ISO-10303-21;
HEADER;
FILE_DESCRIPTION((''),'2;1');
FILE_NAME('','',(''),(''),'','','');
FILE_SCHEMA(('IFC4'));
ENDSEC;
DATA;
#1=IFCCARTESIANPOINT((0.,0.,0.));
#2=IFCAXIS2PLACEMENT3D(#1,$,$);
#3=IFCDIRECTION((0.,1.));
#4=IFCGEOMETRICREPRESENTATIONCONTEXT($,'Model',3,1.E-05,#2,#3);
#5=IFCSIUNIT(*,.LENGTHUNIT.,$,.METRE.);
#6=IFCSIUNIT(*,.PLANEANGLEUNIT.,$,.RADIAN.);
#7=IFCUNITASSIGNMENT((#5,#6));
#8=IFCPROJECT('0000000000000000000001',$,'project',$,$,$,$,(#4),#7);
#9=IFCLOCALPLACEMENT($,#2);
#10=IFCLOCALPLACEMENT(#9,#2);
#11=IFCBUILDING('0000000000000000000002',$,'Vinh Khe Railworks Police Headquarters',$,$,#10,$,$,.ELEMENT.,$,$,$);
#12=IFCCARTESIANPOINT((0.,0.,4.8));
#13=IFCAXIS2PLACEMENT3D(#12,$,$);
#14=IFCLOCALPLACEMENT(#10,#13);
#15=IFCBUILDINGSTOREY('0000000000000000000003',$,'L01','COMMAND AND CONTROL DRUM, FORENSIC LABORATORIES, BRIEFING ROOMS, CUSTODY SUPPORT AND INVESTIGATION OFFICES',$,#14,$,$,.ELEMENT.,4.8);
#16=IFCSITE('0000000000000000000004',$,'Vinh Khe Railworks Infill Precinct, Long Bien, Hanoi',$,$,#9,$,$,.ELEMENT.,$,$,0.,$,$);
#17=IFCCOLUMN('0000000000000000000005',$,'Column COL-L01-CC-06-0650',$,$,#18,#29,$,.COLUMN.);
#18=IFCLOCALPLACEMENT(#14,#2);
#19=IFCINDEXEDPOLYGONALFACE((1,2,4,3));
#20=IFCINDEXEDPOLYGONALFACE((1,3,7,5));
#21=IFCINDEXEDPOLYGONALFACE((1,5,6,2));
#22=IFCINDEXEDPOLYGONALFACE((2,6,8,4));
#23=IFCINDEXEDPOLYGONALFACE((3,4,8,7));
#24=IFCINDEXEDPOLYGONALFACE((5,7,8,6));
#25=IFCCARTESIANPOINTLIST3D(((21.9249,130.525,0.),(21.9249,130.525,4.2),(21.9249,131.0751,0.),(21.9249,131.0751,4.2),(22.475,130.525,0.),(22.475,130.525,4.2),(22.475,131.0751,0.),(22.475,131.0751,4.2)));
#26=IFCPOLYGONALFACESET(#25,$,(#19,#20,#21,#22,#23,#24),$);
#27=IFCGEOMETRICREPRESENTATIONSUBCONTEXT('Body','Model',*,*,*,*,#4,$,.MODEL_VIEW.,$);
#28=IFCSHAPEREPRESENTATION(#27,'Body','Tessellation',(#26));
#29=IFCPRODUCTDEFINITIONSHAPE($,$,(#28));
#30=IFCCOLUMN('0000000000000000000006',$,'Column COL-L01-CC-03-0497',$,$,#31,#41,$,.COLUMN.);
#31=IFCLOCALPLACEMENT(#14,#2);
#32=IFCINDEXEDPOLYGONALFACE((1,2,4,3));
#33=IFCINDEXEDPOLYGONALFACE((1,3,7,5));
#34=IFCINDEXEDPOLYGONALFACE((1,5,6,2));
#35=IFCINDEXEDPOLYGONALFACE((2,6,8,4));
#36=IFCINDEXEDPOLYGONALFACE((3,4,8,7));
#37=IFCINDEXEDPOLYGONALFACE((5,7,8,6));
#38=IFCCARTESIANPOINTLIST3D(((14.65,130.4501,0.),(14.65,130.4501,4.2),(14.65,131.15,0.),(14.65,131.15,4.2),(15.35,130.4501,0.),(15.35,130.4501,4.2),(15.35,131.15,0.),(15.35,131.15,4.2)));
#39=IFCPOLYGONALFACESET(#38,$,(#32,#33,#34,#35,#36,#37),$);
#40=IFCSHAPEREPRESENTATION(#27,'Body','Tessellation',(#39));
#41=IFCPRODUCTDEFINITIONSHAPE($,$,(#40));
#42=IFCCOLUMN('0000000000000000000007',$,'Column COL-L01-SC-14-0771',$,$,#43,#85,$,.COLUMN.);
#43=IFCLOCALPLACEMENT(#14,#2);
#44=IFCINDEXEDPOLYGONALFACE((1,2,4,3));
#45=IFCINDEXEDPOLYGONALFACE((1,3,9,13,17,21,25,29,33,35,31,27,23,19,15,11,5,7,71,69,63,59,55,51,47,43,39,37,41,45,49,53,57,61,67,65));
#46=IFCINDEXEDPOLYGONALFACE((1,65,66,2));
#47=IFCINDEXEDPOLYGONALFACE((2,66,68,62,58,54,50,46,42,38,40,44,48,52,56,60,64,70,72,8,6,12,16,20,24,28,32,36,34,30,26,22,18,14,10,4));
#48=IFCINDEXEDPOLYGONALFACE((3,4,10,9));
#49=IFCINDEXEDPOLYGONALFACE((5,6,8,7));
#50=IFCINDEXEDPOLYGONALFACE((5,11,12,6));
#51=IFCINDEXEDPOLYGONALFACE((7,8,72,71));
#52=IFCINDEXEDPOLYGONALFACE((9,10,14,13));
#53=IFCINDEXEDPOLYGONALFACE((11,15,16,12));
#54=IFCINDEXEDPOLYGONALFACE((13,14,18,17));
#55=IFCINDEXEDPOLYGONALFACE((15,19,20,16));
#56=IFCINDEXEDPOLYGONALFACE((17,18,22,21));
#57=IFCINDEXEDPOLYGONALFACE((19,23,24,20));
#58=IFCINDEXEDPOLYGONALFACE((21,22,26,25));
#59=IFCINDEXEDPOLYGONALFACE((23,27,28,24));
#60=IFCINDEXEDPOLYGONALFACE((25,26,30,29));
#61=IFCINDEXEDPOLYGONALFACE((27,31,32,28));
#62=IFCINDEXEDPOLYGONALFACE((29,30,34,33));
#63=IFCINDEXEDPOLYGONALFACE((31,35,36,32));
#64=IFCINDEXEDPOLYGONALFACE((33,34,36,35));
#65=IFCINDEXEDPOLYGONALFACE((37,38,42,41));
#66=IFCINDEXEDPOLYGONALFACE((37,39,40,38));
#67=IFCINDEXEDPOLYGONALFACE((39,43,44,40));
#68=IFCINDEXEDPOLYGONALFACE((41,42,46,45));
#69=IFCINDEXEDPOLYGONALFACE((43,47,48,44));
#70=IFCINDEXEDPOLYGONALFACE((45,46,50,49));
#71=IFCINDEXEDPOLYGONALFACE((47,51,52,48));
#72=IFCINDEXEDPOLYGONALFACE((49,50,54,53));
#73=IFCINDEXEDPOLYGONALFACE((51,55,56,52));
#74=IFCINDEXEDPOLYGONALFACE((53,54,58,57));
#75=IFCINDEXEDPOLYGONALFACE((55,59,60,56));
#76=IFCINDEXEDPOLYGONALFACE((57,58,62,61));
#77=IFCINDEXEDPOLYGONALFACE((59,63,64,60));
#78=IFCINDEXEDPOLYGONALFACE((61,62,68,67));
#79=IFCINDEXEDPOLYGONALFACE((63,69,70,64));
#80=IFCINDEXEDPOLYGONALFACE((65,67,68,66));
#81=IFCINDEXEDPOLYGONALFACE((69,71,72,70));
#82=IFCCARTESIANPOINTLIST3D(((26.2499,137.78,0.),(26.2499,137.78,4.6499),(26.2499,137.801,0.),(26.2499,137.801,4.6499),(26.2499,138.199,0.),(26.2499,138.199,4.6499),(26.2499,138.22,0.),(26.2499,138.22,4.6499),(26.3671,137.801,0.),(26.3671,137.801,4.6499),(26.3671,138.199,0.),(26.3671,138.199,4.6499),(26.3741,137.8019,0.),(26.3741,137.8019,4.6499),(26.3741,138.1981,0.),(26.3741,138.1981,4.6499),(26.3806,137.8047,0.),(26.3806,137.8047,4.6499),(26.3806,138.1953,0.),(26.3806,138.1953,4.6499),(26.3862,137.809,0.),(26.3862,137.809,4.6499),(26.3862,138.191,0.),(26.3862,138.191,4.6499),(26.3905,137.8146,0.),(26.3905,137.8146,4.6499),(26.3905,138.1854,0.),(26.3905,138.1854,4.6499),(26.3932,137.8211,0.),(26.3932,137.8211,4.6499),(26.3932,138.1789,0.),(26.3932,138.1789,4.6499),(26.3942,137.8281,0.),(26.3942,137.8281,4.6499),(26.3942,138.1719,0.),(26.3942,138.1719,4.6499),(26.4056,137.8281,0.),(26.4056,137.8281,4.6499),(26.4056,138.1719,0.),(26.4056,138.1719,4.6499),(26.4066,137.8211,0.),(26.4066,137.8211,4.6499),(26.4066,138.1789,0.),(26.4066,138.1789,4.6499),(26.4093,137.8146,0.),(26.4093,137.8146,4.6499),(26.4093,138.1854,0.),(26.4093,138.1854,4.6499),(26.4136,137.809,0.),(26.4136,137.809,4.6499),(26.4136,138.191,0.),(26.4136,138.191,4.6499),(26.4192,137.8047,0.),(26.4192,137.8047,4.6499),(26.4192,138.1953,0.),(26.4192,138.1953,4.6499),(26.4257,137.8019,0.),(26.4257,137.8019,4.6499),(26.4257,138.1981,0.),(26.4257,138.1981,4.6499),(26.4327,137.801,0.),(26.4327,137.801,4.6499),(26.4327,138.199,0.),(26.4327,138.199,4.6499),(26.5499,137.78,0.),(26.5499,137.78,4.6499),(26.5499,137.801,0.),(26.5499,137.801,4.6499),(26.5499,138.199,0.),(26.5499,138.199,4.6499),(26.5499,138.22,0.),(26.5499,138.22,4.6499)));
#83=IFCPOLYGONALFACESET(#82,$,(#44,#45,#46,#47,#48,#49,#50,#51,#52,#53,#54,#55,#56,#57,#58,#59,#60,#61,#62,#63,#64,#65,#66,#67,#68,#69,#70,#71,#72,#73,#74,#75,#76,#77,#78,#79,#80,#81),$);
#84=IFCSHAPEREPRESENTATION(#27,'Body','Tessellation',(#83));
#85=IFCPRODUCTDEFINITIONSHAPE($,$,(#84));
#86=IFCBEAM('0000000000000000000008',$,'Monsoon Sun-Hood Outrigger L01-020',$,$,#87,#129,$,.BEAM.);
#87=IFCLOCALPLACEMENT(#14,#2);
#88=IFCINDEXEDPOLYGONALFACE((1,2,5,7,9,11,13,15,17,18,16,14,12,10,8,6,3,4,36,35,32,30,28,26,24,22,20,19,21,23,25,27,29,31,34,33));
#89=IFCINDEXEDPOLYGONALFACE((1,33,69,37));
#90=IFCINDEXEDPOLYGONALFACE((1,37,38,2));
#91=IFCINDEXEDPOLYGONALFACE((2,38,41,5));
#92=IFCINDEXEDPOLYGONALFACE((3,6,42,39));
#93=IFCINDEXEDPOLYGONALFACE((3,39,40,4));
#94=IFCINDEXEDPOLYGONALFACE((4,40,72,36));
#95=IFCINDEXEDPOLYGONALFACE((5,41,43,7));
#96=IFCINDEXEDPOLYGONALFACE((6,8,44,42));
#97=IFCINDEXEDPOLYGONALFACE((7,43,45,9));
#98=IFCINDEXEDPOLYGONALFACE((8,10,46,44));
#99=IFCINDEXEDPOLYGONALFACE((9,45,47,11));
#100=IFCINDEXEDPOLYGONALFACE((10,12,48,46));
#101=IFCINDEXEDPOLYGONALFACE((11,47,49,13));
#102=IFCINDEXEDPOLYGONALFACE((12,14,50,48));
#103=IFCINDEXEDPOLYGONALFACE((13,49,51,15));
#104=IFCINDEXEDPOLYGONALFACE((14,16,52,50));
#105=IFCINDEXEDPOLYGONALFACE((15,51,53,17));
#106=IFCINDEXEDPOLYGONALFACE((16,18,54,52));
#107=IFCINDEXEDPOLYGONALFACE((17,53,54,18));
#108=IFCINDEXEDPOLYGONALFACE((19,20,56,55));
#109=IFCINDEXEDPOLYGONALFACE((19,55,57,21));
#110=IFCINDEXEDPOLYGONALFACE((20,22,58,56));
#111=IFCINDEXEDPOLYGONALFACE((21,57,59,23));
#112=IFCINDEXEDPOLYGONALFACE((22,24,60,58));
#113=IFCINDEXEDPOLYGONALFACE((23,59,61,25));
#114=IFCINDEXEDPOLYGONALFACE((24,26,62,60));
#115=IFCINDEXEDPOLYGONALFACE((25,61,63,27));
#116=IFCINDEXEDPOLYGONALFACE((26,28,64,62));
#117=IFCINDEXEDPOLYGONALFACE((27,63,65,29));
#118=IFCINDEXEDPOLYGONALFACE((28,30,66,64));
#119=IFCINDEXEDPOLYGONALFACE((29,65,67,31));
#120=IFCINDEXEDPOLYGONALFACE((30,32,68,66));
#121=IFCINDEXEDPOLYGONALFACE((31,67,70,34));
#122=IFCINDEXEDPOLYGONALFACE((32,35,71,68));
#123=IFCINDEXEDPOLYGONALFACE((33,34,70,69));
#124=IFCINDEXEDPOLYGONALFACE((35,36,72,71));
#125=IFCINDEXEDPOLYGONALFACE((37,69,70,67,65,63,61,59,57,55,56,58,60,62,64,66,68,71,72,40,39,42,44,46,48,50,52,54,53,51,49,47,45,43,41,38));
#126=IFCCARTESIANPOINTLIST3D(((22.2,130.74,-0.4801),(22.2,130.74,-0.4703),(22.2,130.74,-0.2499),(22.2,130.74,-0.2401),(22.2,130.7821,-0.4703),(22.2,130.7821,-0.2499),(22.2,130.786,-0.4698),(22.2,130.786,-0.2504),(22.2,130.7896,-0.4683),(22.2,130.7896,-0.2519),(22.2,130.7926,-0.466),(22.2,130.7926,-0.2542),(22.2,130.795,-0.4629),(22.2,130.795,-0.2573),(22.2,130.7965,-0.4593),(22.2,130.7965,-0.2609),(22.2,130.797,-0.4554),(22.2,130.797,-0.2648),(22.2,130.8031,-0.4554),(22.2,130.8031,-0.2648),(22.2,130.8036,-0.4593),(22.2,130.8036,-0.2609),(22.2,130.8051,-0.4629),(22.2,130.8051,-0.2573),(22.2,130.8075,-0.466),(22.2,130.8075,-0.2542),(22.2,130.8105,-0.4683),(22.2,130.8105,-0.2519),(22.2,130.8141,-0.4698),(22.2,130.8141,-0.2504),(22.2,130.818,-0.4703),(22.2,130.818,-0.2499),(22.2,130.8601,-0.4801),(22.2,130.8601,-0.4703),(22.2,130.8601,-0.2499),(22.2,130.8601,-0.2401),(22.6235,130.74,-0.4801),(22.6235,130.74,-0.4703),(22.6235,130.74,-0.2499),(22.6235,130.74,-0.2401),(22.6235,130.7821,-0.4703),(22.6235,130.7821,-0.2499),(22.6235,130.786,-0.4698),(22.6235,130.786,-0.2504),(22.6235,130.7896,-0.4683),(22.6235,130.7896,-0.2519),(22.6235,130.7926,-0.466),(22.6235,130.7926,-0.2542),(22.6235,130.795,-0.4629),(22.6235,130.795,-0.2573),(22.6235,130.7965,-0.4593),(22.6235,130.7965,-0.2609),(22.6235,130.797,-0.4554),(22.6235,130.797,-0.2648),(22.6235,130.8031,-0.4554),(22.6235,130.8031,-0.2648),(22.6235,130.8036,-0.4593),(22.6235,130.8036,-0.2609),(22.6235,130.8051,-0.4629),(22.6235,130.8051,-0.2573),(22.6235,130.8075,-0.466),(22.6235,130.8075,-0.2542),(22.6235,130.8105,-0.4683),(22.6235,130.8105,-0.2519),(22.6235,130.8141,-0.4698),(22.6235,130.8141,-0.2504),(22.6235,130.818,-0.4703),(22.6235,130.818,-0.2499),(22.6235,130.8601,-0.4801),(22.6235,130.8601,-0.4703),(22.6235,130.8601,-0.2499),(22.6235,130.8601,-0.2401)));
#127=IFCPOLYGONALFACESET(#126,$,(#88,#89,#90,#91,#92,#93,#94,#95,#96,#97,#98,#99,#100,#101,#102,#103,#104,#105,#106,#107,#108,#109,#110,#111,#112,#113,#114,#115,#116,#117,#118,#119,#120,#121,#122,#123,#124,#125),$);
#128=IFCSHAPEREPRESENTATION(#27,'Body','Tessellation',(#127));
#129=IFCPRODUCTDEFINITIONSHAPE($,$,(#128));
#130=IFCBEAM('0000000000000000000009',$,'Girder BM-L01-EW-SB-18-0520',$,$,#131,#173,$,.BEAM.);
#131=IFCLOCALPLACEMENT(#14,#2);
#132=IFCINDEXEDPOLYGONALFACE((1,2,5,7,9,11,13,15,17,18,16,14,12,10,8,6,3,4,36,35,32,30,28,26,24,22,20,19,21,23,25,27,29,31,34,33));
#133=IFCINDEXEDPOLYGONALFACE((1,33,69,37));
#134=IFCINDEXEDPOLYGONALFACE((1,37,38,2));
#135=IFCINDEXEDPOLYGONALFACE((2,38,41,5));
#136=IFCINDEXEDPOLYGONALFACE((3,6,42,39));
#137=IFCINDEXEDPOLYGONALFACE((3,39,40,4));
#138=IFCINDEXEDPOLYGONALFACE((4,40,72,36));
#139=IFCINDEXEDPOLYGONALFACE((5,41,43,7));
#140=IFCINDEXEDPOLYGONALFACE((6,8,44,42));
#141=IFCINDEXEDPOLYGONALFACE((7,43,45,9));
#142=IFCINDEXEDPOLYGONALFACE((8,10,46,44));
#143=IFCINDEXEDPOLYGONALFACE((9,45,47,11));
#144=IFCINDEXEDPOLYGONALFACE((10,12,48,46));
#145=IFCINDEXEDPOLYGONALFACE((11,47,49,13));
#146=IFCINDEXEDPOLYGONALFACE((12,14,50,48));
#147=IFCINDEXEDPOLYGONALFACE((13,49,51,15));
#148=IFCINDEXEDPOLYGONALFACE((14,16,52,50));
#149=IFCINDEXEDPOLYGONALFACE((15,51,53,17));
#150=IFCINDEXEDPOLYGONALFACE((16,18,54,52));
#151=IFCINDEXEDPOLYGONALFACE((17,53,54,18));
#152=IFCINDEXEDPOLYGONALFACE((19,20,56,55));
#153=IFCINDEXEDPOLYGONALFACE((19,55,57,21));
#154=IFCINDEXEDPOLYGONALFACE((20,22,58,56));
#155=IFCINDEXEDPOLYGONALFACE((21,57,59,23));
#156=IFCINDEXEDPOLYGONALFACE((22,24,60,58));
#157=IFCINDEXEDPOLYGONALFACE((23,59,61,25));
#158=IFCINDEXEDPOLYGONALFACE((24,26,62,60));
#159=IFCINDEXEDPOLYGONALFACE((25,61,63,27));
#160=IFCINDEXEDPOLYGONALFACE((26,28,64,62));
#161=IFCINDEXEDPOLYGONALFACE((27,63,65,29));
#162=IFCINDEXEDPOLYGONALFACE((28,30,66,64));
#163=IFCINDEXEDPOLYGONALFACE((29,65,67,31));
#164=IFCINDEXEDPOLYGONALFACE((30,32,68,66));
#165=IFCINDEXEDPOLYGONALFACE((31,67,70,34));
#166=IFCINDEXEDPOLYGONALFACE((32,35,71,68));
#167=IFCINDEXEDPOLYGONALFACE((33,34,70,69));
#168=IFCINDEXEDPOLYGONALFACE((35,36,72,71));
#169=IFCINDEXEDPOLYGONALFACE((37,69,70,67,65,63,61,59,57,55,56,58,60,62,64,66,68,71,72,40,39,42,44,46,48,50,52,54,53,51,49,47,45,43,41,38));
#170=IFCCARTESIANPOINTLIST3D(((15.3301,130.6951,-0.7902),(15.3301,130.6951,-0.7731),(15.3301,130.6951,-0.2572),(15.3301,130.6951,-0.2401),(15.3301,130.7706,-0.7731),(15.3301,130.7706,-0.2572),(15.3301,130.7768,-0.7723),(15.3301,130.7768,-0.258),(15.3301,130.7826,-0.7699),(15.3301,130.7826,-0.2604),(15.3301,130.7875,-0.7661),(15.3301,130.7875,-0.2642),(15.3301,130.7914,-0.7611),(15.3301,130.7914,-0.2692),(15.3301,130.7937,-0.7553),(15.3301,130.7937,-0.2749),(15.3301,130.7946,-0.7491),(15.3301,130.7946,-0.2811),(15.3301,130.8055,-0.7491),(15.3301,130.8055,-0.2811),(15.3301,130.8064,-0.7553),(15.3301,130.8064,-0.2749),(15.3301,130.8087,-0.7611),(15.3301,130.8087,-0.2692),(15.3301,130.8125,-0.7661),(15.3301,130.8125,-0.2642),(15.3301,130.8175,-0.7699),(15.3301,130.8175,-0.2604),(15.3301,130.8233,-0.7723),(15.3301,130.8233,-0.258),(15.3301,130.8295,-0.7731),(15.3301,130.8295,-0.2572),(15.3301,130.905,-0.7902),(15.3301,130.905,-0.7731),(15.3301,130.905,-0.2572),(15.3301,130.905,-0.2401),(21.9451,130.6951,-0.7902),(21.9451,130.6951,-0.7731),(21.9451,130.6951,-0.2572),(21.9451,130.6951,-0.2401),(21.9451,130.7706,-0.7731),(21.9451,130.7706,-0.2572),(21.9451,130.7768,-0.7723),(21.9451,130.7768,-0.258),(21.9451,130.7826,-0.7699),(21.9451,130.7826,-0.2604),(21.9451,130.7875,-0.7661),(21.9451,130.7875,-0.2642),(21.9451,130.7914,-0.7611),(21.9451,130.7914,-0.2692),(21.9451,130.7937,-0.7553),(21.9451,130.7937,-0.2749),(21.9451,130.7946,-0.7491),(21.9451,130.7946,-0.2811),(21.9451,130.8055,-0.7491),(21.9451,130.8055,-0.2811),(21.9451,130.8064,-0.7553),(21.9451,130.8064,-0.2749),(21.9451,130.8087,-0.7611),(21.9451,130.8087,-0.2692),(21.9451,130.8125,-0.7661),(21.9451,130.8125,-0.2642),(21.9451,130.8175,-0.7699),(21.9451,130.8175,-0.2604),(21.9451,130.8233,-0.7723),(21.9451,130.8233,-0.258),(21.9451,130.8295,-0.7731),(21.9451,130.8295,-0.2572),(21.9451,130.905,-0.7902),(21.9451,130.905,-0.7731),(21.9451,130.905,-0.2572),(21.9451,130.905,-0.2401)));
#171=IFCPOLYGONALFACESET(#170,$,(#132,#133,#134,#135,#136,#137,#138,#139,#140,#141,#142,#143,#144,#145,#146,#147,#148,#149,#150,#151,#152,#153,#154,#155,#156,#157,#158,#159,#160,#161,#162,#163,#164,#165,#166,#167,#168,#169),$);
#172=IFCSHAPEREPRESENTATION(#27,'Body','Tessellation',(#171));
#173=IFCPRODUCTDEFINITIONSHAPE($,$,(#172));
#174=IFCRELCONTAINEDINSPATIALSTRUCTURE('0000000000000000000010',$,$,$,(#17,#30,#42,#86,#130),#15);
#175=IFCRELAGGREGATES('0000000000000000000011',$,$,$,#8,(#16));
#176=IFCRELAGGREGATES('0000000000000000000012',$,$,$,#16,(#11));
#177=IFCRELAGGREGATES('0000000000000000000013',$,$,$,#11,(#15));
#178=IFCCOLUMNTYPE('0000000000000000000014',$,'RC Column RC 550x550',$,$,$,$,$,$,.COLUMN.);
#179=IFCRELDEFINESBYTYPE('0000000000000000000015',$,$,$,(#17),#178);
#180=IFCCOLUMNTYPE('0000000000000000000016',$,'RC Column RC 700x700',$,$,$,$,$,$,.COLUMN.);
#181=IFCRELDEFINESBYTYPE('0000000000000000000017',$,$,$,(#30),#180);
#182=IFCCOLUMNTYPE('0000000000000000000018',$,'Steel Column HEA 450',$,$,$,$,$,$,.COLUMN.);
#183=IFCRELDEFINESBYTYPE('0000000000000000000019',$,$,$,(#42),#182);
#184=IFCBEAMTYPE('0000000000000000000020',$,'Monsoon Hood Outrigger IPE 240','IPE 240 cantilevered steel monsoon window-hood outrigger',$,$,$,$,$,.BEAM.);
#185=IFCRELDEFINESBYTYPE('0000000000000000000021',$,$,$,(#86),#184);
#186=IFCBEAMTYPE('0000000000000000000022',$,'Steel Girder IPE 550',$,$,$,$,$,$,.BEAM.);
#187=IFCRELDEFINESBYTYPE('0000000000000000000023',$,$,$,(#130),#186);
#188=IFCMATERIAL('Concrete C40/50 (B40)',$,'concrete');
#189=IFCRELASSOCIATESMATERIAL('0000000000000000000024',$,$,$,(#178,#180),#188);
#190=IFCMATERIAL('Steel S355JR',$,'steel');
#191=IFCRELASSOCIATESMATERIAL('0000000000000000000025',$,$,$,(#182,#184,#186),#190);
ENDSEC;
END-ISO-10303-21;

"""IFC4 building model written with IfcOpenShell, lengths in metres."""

from ifc_helpers import new_model, si_unit, direction, frame, origin, origin_2d, place, context, subcontext, project, spatial, rectangle, i_section, extrude, material, material_profile, profile_set, type_object, element, save


model = new_model("IFC4")

# Units and contexts
model_context = context("Model", 3, precision=1e-05, world=origin(), true_north=direction((0.0, 1.0)))
body_context = subcontext(model_context, "Body", "Model", "MODEL_VIEW")
ifc_project = project(units=[si_unit("LENGTHUNIT", "METRE"), si_unit("PLANEANGLEUNIT", "RADIAN")], contexts=[model_context])

# Site, building, storey
site_placement = place(None, origin())
site = spatial("IfcSite", under=ifc_project, at=site_placement, Name="Vinh Khe Railworks Infill Precinct, Long Bien, Hanoi", CompositionType="ELEMENT", RefElevation=0.0)
building_placement = place(site_placement, origin())
building = spatial("IfcBuilding", under=site, at=building_placement, Name="Vinh Khe Railworks Police Headquarters", CompositionType="ELEMENT")
storey_placement = place(building_placement, frame((0.0, 0.0, 4.8)))
storey = spatial("IfcBuildingStorey", under=building, at=storey_placement, Name="L01", Description="COMMAND AND CONTROL DRUM, FORENSIC LABORATORIES, BRIEFING ROOMS, CUSTODY SUPPORT AND INVESTIGATION OFFICES", CompositionType="ELEMENT", Elevation=4.8)

# Columns
ifc_material_1 = material(Name="Concrete C40/50 (B40)", Category="concrete")
ifc_material_profile_1 = material_profile(ifc_material_1, rectangle(XDim=0.55, YDim=0.55, at=origin_2d()), Name="RC 550x550")
ifc_profile_set_1 = profile_set([ifc_material_profile_1], Name="Concrete C40/50 (B40)")
column_type_1 = type_object("IfcColumnType", Name="RC Column RC 550x550", PredefinedType="COLUMN", material=ifc_profile_set_1)
column_1_placement = place(storey_placement, frame((22.2, 130.8, 0.0), z_axis=(0.0, 0.0, 1.0), x_axis=(1.0, 0.0, 0.0)))
element("IfcColumn", 1, at=column_1_placement, inside=storey, type_object=column_type_1, Name="Column COL-L01-CC-06-0650", PredefinedType="COLUMN", context=body_context, shape_type="SweptSolid", body=[
    extrude(rectangle(XDim=0.55, YDim=0.55, at=origin_2d()), origin(), (0.0, 0.0, 1.0), 4.2),
])
ifc_material_profile_2 = material_profile(ifc_material_1, rectangle(XDim=0.7, YDim=0.7, at=origin_2d()), Name="RC 700x700")
ifc_profile_set_2 = profile_set([ifc_material_profile_2], Name="Concrete C40/50 (B40)")
column_type_2 = type_object("IfcColumnType", Name="RC Column RC 700x700", PredefinedType="COLUMN", material=ifc_profile_set_2)
column_2_placement = place(storey_placement, frame((15.0, 130.8, 0.0), z_axis=(0.0, 0.0, 1.0), x_axis=(1.0, 0.0, 0.0)))
element("IfcColumn", 2, at=column_2_placement, inside=storey, type_object=column_type_2, Name="Column COL-L01-CC-03-0497", PredefinedType="COLUMN", context=body_context, shape_type="SweptSolid", body=[
    extrude(rectangle(XDim=0.7, YDim=0.7, at=origin_2d()), origin(), (0.0, 0.0, 1.0), 4.2),
])
ifc_material_2 = material(Name="Steel S355JR", Category="steel")
ifc_material_profile_3 = material_profile(ifc_material_2, i_section(OverallWidth=0.3, OverallDepth=0.4399, WebThickness=0.0115, FlangeThickness=0.021, FilletRadius=0.0271, at=origin_2d()), Name="HEA 450")
ifc_profile_set_3 = profile_set([ifc_material_profile_3], Name="Steel S355JR")
column_type_3 = type_object("IfcColumnType", Name="Steel Column HEA 450", PredefinedType="COLUMN", material=ifc_profile_set_3)
column_3_placement = place(storey_placement, frame((26.3999, 138.0, 0.0), z_axis=(0.0, 0.0, 1.0), x_axis=(1.0, 0.0, 0.0)))
element("IfcColumn", 3, at=column_3_placement, inside=storey, type_object=column_type_3, Name="Column COL-L01-SC-14-0771", PredefinedType="COLUMN", context=body_context, shape_type="SweptSolid", body=[
    extrude(i_section(OverallWidth=0.3, OverallDepth=0.4399, WebThickness=0.0115, FlangeThickness=0.021, FilletRadius=0.0271, at=origin_2d()), origin(), (0.0, 0.0, 1.0), 4.6499),
])

# Beams
ifc_material_profile_4 = material_profile(ifc_material_2, i_section(OverallWidth=0.1201, OverallDepth=0.24, WebThickness=0.0061, FlangeThickness=0.0098, FilletRadius=0.0149, at=origin_2d()), Name="IPE 240")
ifc_profile_set_4 = profile_set([ifc_material_profile_4], Name="Steel S355JR")
beam_type_1 = type_object("IfcBeamType", Name="Monsoon Hood Outrigger IPE 240", Description="IPE 240 cantilevered steel monsoon window-hood outrigger", PredefinedType="BEAM", material=ifc_profile_set_4)
beam_1_placement = place(storey_placement, frame((22.2, 130.8, -0.3601), z_axis=(1.0, 0.0, 0.0), x_axis=(0.0, 1.0, 0.0)))
element("IfcBeam", 4, at=beam_1_placement, inside=storey, type_object=beam_type_1, Name="Monsoon Sun-Hood Outrigger L01-020", PredefinedType="BEAM", context=body_context, shape_type="SweptSolid", body=[
    extrude(i_section(OverallWidth=0.1201, OverallDepth=0.24, WebThickness=0.0061, FlangeThickness=0.0098, FilletRadius=0.0149, at=origin_2d()), origin(), (0.0, 0.0, 1.0), 0.4236),
])
ifc_material_profile_5 = material_profile(ifc_material_2, i_section(OverallWidth=0.21, OverallDepth=0.55, WebThickness=0.011, FlangeThickness=0.0171, FilletRadius=0.0239, at=origin_2d()), Name="IPE 550")
ifc_profile_set_5 = profile_set([ifc_material_profile_5], Name="Steel S355JR")
beam_type_2 = type_object("IfcBeamType", Name="Steel Girder IPE 550", PredefinedType="BEAM", material=ifc_profile_set_5)
beam_2_placement = place(storey_placement, frame((15.3301, 130.8, -0.5151), z_axis=(1.0, 0.0, 0.0), x_axis=(0.0, 1.0, 0.0)))
element("IfcBeam", 5, at=beam_2_placement, inside=storey, type_object=beam_type_2, Name="Girder BM-L01-EW-SB-18-0520", PredefinedType="BEAM", context=body_context, shape_type="SweptSolid", body=[
    extrude(i_section(OverallWidth=0.21, OverallDepth=0.55, WebThickness=0.011, FlangeThickness=0.0171, FilletRadius=0.0239, at=origin_2d()), origin(), (0.0, 0.0, 1.0), 6.615),
])

save(model, "model.ifc")
